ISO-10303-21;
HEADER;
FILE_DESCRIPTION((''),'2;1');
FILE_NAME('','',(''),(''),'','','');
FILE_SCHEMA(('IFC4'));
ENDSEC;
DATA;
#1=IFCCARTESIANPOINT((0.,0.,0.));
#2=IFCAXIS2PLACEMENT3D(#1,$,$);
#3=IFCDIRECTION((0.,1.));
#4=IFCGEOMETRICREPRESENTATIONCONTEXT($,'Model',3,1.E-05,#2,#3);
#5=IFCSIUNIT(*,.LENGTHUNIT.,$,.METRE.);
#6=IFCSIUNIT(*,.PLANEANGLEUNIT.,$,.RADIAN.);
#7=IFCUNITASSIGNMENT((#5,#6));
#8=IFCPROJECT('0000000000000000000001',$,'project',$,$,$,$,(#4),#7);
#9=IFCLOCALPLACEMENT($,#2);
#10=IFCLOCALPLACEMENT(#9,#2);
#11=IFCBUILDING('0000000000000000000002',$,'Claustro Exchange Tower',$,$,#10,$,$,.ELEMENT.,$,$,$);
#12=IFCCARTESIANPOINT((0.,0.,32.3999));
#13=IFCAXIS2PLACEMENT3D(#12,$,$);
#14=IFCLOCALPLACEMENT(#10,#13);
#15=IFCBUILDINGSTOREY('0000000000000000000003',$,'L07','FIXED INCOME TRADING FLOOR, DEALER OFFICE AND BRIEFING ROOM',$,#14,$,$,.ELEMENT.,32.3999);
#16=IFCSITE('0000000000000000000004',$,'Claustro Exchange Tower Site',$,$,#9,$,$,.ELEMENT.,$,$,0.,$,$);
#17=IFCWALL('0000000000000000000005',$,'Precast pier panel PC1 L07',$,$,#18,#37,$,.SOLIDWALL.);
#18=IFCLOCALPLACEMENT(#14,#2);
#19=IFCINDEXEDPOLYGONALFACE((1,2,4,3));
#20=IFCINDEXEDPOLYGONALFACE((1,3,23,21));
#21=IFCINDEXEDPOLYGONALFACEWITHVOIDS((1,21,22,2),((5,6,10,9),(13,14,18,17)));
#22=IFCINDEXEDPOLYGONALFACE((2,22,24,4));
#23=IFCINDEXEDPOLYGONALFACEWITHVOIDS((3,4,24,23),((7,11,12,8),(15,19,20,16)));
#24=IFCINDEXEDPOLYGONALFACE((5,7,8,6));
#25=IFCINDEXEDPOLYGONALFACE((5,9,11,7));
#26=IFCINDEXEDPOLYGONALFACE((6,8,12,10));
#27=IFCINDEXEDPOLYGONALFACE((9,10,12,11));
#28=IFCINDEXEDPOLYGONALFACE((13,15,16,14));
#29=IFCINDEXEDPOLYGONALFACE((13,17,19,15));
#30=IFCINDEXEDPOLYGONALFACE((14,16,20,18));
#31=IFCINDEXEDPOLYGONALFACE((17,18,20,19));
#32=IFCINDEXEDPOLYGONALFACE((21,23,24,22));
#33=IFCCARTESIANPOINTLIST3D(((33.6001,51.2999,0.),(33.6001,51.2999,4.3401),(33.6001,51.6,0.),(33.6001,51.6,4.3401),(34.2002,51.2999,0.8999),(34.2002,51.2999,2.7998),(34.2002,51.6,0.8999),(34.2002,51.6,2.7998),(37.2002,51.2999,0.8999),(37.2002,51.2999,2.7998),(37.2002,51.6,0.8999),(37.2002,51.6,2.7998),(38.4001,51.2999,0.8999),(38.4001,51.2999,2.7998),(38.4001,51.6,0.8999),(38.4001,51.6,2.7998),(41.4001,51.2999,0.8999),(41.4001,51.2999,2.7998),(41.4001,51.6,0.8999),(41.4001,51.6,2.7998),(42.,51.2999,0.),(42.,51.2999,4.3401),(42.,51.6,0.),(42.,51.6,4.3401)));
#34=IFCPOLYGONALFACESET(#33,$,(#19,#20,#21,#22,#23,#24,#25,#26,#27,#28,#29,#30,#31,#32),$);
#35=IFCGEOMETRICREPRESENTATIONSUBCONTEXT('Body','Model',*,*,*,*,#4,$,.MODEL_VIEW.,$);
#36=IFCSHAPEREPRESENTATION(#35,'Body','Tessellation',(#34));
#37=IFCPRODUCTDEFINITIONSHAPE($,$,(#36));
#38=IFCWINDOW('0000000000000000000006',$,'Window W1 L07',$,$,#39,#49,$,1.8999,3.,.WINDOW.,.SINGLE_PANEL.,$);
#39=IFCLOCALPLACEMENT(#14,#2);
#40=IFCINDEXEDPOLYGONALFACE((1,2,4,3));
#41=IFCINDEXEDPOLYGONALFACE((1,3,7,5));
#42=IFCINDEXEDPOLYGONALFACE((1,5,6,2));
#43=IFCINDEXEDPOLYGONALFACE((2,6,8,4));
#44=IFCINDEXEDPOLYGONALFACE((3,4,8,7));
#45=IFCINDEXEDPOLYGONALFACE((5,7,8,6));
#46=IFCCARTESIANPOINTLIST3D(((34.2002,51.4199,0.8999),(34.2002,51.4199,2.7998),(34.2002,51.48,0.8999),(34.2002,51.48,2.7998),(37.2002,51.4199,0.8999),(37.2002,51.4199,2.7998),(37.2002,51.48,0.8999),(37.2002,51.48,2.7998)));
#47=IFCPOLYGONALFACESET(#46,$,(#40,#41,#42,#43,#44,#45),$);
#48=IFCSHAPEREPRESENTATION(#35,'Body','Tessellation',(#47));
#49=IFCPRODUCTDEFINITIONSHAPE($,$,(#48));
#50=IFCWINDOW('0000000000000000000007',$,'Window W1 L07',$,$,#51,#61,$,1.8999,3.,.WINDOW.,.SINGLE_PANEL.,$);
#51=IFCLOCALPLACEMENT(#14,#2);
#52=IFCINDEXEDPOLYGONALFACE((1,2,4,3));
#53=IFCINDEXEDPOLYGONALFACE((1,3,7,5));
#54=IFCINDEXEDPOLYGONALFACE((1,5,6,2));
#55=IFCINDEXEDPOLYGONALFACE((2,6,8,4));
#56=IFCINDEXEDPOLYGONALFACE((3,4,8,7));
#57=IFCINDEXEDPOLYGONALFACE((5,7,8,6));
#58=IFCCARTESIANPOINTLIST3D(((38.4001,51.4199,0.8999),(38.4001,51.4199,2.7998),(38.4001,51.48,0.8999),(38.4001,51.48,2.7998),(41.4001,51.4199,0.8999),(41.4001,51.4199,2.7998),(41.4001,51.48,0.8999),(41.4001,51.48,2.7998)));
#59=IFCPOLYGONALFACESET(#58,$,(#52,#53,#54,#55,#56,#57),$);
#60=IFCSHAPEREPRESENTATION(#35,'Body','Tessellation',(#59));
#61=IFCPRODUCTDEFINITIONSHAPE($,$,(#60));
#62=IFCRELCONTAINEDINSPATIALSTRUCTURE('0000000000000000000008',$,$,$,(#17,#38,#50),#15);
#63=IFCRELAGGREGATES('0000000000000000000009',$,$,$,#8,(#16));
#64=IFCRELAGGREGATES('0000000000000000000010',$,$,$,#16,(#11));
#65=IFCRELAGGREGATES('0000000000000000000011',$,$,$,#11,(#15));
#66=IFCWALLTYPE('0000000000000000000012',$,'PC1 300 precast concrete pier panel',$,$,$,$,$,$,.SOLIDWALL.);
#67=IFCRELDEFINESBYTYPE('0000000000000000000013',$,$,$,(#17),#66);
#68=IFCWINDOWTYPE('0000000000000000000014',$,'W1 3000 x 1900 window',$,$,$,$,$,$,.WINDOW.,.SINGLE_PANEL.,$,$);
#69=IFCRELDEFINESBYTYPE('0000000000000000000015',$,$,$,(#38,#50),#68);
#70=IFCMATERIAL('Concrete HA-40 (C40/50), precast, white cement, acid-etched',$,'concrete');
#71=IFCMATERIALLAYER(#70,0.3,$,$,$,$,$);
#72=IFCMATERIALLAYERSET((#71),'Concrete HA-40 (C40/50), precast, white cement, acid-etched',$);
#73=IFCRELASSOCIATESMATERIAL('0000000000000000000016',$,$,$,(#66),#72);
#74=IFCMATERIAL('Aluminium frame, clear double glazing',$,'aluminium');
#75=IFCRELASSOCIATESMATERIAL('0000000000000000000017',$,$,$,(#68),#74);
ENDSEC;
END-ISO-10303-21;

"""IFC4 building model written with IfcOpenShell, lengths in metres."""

from ifc_helpers import new_model, si_unit, direction, frame, frame_2d, origin, place, context, subcontext, project, spatial, rectangle, extrude, material, layer, layer_set, type_object, element, fill, save


model = new_model("IFC4")

# Units and contexts
model_context = context("Model", 3, precision=1e-05, world=origin(), true_north=direction((0.0, 1.0)))
body_context = subcontext(model_context, "Body", "Model", "MODEL_VIEW")
ifc_project = project(units=[si_unit("LENGTHUNIT", "METRE"), si_unit("PLANEANGLEUNIT", "RADIAN")], contexts=[model_context])

# Site, building, storey
site_placement = place(None, origin())
site = spatial("IfcSite", under=ifc_project, at=site_placement, Name="Claustro Exchange Tower Site", CompositionType="ELEMENT", RefElevation=0.0)
building_placement = place(site_placement, origin())
building = spatial("IfcBuilding", under=site, at=building_placement, Name="Claustro Exchange Tower", CompositionType="ELEMENT")
storey_placement = place(building_placement, frame((0.0, 0.0, 32.3999)))
storey = spatial("IfcBuildingStorey", under=building, at=storey_placement, Name="L07", Description="FIXED INCOME TRADING FLOOR, DEALER OFFICE AND BRIEFING ROOM", CompositionType="ELEMENT", Elevation=32.3999)

# Wall, openings, windows
ifc_material_1 = material(Name="Concrete HA-40 (C40/50), precast, white cement, acid-etched", Category="concrete")
ifc_layer_1 = layer(ifc_material_1, 0.3)
ifc_layer_set_1 = layer_set([ifc_layer_1], Name="Concrete HA-40 (C40/50), precast, white cement, acid-etched")
wall_type_1 = type_object("IfcWallType", Name="PC1 300 precast concrete pier panel", PredefinedType="SOLIDWALL", material=ifc_layer_set_1)
ifc_material_2 = material(Name="Aluminium frame, clear double glazing", Category="aluminium")
window_type = type_object("IfcWindowType", Name="W1 3000 x 1900 window", PartitioningType="SINGLE_PANEL", PredefinedType="WINDOW", material=ifc_material_2)
wall_1_placement = place(storey_placement, frame((33.6001, 51.45, 0.0), z_axis=(0.0, 0.0, 1.0), x_axis=(1.0, 0.0, 0.0)))
wall_1 = element("IfcWall", 1, at=wall_1_placement, inside=storey, type_object=wall_type_1, Name="Precast pier panel PC1 L07", PredefinedType="SOLIDWALL", context=body_context, shape_type="SweptSolid", body=[
    extrude(rectangle(XDim=8.3999, YDim=0.3, at=frame_2d((4.2, 0.0))), origin(), (0.0, 0.0, 1.0), 4.3401),
])
opening_1_placement = place(wall_1_placement, frame((0.6001, 0.0, 0.8999)))
opening_1 = element("IfcOpeningElement", 2, at=opening_1_placement, cuts=wall_1, PredefinedType="OPENING", context=body_context, shape_type="SweptSolid", body=[
    extrude(rectangle(XDim=3.0, YDim=1.8999, at=frame_2d((1.5, 0.95))), frame((0.0, 0.1599, 0.0), z_axis=(0.0, -1.0, 0.0), x_axis=(1.0, 0.0, 0.0)), (0.0, 0.0, 1.0), 0.3201),
])
opening_2_placement = place(wall_1_placement, frame((4.8, 0.0, 0.8999)))
opening_2 = element("IfcOpeningElement", 3, at=opening_2_placement, cuts=wall_1, PredefinedType="OPENING", context=body_context, shape_type="SweptSolid", body=[
    extrude(rectangle(XDim=3.0, YDim=1.8999, at=frame_2d((1.5, 0.95))), frame((0.0, 0.1599, 0.0), z_axis=(0.0, -1.0, 0.0), x_axis=(1.0, 0.0, 0.0)), (0.0, 0.0, 1.0), 0.3201),
])
window_1_placement = place(opening_1_placement, origin())
window_1 = element("IfcWindow", 4, at=window_1_placement, inside=storey, type_object=window_type, Name="Window W1 L07", OverallHeight=1.8999, OverallWidth=3.0, PartitioningType="SINGLE_PANEL", PredefinedType="WINDOW", context=body_context, shape_type="SweptSolid", body=[
    extrude(rectangle(XDim=3.0, YDim=1.8999, at=frame_2d((1.5, 0.95))), frame((0.0, 0.03, 0.0), z_axis=(0.0, -1.0, 0.0), x_axis=(1.0, 0.0, 0.0)), (0.0, 0.0, 1.0), 0.0601),
])
fill(opening_1, window_1)
window_2_placement = place(opening_2_placement, origin())
window_2 = element("IfcWindow", 5, at=window_2_placement, inside=storey, type_object=window_type, Name="Window W1 L07", OverallHeight=1.8999, OverallWidth=3.0, PartitioningType="SINGLE_PANEL", PredefinedType="WINDOW", context=body_context, shape_type="SweptSolid", body=[
    extrude(rectangle(XDim=3.0, YDim=1.8999, at=frame_2d((1.5, 0.95))), frame((0.0, 0.03, 0.0), z_axis=(0.0, -1.0, 0.0), x_axis=(1.0, 0.0, 0.0)), (0.0, 0.0, 1.0), 0.0601),
])
fill(opening_2, window_2)

save(model, "model.ifc")
